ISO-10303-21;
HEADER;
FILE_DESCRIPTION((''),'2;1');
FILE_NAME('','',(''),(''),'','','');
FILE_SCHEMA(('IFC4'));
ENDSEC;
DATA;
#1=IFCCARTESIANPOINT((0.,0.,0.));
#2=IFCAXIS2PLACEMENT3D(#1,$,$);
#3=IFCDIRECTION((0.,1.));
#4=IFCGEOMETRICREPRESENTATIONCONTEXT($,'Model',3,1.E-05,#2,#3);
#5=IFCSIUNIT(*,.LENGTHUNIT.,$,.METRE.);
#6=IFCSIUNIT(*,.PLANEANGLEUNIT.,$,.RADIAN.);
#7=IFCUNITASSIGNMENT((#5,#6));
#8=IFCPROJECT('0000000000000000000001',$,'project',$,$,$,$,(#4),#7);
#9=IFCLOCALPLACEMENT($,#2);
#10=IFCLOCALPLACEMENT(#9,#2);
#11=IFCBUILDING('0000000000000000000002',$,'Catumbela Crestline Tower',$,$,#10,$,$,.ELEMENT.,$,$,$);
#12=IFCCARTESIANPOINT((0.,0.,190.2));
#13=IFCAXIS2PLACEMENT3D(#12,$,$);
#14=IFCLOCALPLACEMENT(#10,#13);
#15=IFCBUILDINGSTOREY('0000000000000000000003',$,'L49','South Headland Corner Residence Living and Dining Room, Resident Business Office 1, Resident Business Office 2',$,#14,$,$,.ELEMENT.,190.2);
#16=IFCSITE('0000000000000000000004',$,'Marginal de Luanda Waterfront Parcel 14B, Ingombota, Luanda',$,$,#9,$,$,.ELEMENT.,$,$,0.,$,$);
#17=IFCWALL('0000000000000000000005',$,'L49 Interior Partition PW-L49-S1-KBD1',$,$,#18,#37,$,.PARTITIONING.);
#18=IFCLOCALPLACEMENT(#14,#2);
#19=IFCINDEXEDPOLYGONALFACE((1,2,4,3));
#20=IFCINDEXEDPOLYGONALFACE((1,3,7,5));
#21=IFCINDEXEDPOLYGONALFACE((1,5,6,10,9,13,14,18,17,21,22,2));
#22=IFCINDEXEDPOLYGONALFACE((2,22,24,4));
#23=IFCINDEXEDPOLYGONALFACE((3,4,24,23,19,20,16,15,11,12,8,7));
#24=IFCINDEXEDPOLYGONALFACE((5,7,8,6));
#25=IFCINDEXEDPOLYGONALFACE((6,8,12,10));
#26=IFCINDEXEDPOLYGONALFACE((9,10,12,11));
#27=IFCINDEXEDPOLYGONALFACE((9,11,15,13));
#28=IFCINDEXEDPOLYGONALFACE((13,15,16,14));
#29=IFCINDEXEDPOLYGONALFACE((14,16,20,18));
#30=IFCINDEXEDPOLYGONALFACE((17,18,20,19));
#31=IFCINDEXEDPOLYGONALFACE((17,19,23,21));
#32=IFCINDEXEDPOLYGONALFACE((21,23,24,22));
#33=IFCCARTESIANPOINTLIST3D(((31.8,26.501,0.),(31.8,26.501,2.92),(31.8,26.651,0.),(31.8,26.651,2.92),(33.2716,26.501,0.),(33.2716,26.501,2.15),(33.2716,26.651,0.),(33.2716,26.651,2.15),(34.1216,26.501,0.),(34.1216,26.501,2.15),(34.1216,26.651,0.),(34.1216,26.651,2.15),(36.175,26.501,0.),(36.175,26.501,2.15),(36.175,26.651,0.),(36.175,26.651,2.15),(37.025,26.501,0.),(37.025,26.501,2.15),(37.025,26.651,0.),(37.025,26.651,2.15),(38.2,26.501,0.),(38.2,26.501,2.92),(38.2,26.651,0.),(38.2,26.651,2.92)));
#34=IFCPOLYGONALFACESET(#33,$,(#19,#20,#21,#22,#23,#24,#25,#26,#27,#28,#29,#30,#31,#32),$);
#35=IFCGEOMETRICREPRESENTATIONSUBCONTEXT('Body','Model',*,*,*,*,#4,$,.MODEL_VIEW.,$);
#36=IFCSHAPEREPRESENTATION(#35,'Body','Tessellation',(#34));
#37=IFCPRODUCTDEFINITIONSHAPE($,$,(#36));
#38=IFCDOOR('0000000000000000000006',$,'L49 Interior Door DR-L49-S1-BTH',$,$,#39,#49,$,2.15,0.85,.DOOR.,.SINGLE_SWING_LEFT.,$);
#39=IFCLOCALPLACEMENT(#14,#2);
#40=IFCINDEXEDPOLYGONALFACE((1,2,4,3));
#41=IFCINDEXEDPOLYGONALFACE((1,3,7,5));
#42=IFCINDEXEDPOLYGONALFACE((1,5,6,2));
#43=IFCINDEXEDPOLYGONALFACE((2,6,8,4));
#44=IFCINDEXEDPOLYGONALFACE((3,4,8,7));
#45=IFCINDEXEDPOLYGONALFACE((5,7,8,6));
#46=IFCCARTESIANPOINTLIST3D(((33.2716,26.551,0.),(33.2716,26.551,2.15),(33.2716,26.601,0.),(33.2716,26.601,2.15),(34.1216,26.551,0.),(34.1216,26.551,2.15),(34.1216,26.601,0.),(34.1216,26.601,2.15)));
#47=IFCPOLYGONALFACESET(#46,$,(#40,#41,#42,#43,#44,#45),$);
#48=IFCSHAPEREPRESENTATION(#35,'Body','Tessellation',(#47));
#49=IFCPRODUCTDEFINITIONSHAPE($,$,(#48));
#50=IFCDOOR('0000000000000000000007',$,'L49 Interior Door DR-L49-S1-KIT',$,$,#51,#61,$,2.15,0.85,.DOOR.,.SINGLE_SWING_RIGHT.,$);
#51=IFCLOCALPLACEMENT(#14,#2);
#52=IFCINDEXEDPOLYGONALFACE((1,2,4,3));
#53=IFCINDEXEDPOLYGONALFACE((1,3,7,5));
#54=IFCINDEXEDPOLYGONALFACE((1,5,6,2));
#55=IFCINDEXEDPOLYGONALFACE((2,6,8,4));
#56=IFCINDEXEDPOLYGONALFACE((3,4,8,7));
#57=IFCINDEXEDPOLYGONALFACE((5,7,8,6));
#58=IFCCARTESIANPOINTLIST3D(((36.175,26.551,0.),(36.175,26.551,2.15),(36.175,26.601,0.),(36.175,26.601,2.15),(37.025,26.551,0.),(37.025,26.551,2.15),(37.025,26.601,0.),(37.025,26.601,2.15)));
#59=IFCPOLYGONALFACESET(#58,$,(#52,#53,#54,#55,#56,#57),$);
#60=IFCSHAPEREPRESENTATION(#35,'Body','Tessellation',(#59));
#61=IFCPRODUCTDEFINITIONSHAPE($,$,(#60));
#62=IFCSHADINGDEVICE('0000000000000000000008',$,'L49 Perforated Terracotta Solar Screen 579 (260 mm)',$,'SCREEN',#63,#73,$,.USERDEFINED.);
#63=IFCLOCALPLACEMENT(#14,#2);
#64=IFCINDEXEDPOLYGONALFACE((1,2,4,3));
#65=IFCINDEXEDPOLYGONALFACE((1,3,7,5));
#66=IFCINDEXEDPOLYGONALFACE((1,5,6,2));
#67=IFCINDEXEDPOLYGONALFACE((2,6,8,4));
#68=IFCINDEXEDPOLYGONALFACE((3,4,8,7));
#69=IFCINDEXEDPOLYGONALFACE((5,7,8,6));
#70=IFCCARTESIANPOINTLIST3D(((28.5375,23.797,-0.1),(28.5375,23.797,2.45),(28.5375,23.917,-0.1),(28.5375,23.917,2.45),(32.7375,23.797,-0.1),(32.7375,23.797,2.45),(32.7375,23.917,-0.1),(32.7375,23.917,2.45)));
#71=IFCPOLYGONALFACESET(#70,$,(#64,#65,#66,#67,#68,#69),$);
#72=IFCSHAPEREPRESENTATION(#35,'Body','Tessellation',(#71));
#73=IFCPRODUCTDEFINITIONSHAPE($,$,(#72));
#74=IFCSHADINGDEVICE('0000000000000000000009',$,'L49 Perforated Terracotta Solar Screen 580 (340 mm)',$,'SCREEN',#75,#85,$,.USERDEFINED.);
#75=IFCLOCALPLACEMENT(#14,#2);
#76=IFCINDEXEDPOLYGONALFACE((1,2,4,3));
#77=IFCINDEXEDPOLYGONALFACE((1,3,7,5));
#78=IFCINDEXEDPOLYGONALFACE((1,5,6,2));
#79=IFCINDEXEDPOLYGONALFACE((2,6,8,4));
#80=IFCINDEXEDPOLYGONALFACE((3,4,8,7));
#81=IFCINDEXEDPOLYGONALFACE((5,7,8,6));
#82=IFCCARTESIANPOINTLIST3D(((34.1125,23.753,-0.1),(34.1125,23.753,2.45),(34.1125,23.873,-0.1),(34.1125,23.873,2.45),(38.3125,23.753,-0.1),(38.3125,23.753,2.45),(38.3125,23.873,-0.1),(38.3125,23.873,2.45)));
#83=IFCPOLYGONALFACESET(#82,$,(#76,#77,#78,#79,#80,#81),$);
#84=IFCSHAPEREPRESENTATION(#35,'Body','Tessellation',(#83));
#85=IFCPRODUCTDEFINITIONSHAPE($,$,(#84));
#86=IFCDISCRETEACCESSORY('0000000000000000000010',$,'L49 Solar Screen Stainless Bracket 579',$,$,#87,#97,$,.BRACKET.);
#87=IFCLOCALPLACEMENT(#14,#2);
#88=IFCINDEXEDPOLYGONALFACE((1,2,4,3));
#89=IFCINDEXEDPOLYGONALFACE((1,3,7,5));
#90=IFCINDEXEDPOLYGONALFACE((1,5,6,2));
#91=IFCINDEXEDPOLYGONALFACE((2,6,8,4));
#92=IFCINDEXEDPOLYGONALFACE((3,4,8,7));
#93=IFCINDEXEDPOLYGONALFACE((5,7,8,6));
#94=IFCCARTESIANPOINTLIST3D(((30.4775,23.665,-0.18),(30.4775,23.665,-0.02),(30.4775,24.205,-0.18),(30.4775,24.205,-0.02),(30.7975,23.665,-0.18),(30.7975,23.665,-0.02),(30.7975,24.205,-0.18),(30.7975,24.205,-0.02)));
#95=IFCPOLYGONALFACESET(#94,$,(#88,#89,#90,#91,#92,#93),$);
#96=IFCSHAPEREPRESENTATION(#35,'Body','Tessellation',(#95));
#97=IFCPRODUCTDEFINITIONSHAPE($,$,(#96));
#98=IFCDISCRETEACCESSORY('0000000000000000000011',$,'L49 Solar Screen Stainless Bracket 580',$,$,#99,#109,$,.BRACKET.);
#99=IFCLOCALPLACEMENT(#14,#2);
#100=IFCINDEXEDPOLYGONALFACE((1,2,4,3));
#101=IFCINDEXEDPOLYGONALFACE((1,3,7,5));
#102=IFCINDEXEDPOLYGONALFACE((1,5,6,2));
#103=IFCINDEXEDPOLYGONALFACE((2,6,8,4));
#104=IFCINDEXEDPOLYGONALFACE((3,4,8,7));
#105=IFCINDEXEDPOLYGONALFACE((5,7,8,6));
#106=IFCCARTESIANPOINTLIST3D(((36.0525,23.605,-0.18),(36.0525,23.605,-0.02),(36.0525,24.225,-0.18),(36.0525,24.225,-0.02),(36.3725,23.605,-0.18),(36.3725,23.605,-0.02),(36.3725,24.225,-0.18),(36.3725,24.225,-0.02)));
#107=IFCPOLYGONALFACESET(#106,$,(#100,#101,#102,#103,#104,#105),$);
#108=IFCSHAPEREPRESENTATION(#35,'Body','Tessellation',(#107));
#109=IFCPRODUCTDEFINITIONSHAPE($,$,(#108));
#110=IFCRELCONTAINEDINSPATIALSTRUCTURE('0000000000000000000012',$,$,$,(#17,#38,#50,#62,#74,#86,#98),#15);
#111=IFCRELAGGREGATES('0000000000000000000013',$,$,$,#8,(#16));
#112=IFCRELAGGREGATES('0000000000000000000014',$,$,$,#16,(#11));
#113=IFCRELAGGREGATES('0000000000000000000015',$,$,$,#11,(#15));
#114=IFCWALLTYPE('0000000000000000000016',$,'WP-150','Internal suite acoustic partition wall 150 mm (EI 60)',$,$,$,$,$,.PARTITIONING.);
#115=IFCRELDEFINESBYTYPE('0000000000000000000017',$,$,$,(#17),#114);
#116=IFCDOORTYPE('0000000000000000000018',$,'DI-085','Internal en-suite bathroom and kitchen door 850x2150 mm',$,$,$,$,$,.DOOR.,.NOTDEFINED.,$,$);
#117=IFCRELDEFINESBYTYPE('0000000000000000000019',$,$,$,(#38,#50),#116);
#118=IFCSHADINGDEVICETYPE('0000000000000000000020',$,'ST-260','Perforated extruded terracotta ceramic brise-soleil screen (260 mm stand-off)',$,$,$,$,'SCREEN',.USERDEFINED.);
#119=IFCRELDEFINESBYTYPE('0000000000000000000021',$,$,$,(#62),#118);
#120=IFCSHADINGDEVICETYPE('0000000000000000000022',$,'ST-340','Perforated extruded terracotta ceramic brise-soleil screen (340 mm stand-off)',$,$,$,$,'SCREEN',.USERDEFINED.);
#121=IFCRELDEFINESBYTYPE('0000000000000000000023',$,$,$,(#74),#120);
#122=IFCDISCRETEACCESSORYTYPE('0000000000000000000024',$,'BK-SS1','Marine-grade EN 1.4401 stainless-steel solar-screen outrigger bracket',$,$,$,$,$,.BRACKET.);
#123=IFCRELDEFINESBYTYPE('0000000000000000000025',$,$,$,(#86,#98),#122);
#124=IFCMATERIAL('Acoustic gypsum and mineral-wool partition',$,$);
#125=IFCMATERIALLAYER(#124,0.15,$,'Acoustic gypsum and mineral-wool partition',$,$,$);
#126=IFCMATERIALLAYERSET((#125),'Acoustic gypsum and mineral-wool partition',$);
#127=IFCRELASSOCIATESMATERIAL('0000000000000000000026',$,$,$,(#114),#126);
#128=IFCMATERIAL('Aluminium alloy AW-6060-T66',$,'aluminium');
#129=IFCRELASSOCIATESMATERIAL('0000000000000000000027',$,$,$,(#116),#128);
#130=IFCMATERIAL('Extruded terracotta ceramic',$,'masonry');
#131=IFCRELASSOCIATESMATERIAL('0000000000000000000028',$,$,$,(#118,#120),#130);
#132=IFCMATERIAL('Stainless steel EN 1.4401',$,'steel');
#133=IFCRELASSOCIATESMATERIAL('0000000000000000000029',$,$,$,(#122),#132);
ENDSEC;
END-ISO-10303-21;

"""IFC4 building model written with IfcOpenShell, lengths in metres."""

from ifc_helpers import new_model, si_unit, direction, frame, frame_2d, origin, origin_2d, place, context, subcontext, project, spatial, rectangle, extrude, material, layer, layer_set, type_object, element, fill, save


model = new_model("IFC4")

# Units and contexts
model_context = context("Model", 3, precision=1e-05, world=origin(), true_north=direction((0.0, 1.0)))
body_context = subcontext(model_context, "Body", "Model", "MODEL_VIEW")
ifc_project = project(units=[si_unit("LENGTHUNIT", "METRE"), si_unit("PLANEANGLEUNIT", "RADIAN")], contexts=[model_context])

# Site, building, storey
site_placement = place(None, origin())
site = spatial("IfcSite", under=ifc_project, at=site_placement, Name="Marginal de Luanda Waterfront Parcel 14B, Ingombota, Luanda", CompositionType="ELEMENT", RefElevation=0.0)
building_placement = place(site_placement, origin())
building = spatial("IfcBuilding", under=site, at=building_placement, Name="Catumbela Crestline Tower", CompositionType="ELEMENT")
storey_placement = place(building_placement, frame((0.0, 0.0, 190.2)))
storey = spatial("IfcBuildingStorey", under=building, at=storey_placement, Name="L49", Description="South Headland Corner Residence Living and Dining Room, Resident Business Office 1, Resident Business Office 2", CompositionType="ELEMENT", Elevation=190.2)

# Shared definitions
ifc_material_1 = material(Name="Aluminium alloy AW-6060-T66", Category="aluminium")

# Shared definitions
ifc_material_2 = material(Name="Acoustic gypsum and mineral-wool partition")
ifc_layer_1 = layer(ifc_material_2, 0.15, Name="Acoustic gypsum and mineral-wool partition")
ifc_layer_set_1 = layer_set([ifc_layer_1], Name="Acoustic gypsum and mineral-wool partition")
wall_type = type_object("IfcWallType", Name="WP-150", Description="Internal suite acoustic partition wall 150 mm (EI 60)", PredefinedType="PARTITIONING", material=ifc_layer_set_1)

# Wall, openings, doors
wall_1_placement = place(storey_placement, frame((31.8, 26.576, 0.0), z_axis=(0.0, 0.0, 1.0), x_axis=(1.0, 0.0, 0.0)))
wall_1 = element("IfcWall", 1, at=wall_1_placement, inside=storey, type_object=wall_type, Name="L49 Interior Partition PW-L49-S1-KBD1", PredefinedType="PARTITIONING", context=body_context, shape_type="SweptSolid", body=[
    extrude(rectangle(XDim=6.4, YDim=0.15, at=frame_2d((3.2, 0.0))), origin(), (0.0, 0.0, 1.0), 2.92),
])
opening_1_placement = place(wall_1_placement, frame((1.4716, 0.0, 0.0)))
opening_1 = element("IfcOpeningElement", 2, at=opening_1_placement, cuts=wall_1, PredefinedType="OPENING", context=body_context, shape_type="SweptSolid", body=[
    extrude(rectangle(XDim=0.85, YDim=2.15, at=frame_2d((0.425, 1.075))), frame((0.0, 0.085, 0.0), z_axis=(0.0, -1.0, 0.0), x_axis=(1.0, 0.0, 0.0)), (0.0, 0.0, 1.0), 0.17),
])
opening_2_placement = place(wall_1_placement, frame((4.375, 0.0, 0.0)))
opening_2 = element("IfcOpeningElement", 3, at=opening_2_placement, cuts=wall_1, PredefinedType="OPENING", context=body_context, shape_type="SweptSolid", body=[
    extrude(rectangle(XDim=0.85, YDim=2.15, at=frame_2d((0.425, 1.075))), frame((0.0, 0.085, 0.0), z_axis=(0.0, -1.0, 0.0), x_axis=(1.0, 0.0, 0.0)), (0.0, 0.0, 1.0), 0.17),
])
door_type = type_object("IfcDoorType", Name="DI-085", Description="Internal en-suite bathroom and kitchen door 850x2150 mm", OperationType="NOTDEFINED", PredefinedType="DOOR", material=ifc_material_1)
door_1_placement = place(opening_1_placement, origin())
door_1 = element("IfcDoor", 4, at=door_1_placement, inside=storey, type_object=door_type, Name="L49 Interior Door DR-L49-S1-BTH", OperationType="SINGLE_SWING_LEFT", OverallHeight=2.15, OverallWidth=0.85, PredefinedType="DOOR", context=body_context, shape_type="SweptSolid", body=[
    extrude(rectangle(XDim=0.85, YDim=2.15, at=frame_2d((0.425, 1.075))), frame((0.0, 0.025, 0.0), z_axis=(0.0, -1.0, 0.0), x_axis=(1.0, 0.0, 0.0)), (0.0, 0.0, 1.0), 0.05),
])
fill(opening_1, door_1)
door_2_placement = place(opening_2_placement, origin())
door_2 = element("IfcDoor", 5, at=door_2_placement, inside=storey, type_object=door_type, Name="L49 Interior Door DR-L49-S1-KIT", OperationType="SINGLE_SWING_RIGHT", OverallHeight=2.15, OverallWidth=0.85, PredefinedType="DOOR", context=body_context, shape_type="SweptSolid", body=[
    extrude(rectangle(XDim=0.85, YDim=2.15, at=frame_2d((0.425, 1.075))), frame((0.0, 0.025, 0.0), z_axis=(0.0, -1.0, 0.0), x_axis=(1.0, 0.0, 0.0)), (0.0, 0.0, 1.0), 0.05),
])
fill(opening_2, door_2)

# Shading devices
ifc_material_3 = material(Name="Extruded terracotta ceramic", Category="masonry")
shading_device_type_1 = type_object("IfcShadingDeviceType", Name="ST-260", Description="Perforated extruded terracotta ceramic brise-soleil screen (260 mm stand-off)", ElementType="SCREEN", PredefinedType="USERDEFINED", material=ifc_material_3)
shading_device_1_placement = place(storey_placement, frame((30.6375, 23.857, -0.1), z_axis=(0.0, 0.0, 1.0), x_axis=(1.0, 0.0, 0.0)))
element("IfcShadingDevice", 6, at=shading_device_1_placement, inside=storey, type_object=shading_device_type_1, Name="L49 Perforated Terracotta Solar Screen 579 (260 mm)", ObjectType="SCREEN", PredefinedType="USERDEFINED", context=body_context, shape_type="SweptSolid", body=[
    extrude(rectangle(XDim=4.2, YDim=0.12, at=origin_2d()), origin(), (0.0, 0.0, 1.0), 2.55),
])
shading_device_type_2 = type_object("IfcShadingDeviceType", Name="ST-340", Description="Perforated extruded terracotta ceramic brise-soleil screen (340 mm stand-off)", ElementType="SCREEN", PredefinedType="USERDEFINED", material=ifc_material_3)
shading_device_2_placement = place(storey_placement, frame((36.2125, 23.813, -0.1), z_axis=(0.0, 0.0, 1.0), x_axis=(1.0, 0.0, 0.0)))
element("IfcShadingDevice", 7, at=shading_device_2_placement, inside=storey, type_object=shading_device_type_2, Name="L49 Perforated Terracotta Solar Screen 580 (340 mm)", ObjectType="SCREEN", PredefinedType="USERDEFINED", context=body_context, shape_type="SweptSolid", body=[
    extrude(rectangle(XDim=4.2, YDim=0.12, at=origin_2d()), origin(), (0.0, 0.0, 1.0), 2.55),
])

# Discrete accessories
ifc_material_4 = material(Name="Stainless steel EN 1.4401", Category="steel")
discrete_accessory_type = type_object("IfcDiscreteAccessoryType", Name="BK-SS1", Description="Marine-grade EN 1.4401 stainless-steel solar-screen outrigger bracket", PredefinedType="BRACKET", material=ifc_material_4)
discrete_accessory_1_placement = place(storey_placement, frame((30.6375, 23.935, -0.18), z_axis=(0.0, 0.0, 1.0), x_axis=(1.0, 0.0, 0.0)))
element("IfcDiscreteAccessory", 8, at=discrete_accessory_1_placement, inside=storey, type_object=discrete_accessory_type, Name="L49 Solar Screen Stainless Bracket 579", PredefinedType="BRACKET", context=body_context, shape_type="SweptSolid", body=[
    extrude(rectangle(XDim=0.32, YDim=0.54, at=origin_2d()), origin(), (0.0, 0.0, 1.0), 0.16),
])
discrete_accessory_2_placement = place(storey_placement, frame((36.2125, 23.915, -0.18), z_axis=(0.0, 0.0, 1.0), x_axis=(1.0, 0.0, 0.0)))
element("IfcDiscreteAccessory", 9, at=discrete_accessory_2_placement, inside=storey, type_object=discrete_accessory_type, Name="L49 Solar Screen Stainless Bracket 580", PredefinedType="BRACKET", context=body_context, shape_type="SweptSolid", body=[
    extrude(rectangle(XDim=0.32, YDim=0.62, at=origin_2d()), origin(), (0.0, 0.0, 1.0), 0.16),
])

save(model, "model.ifc")
